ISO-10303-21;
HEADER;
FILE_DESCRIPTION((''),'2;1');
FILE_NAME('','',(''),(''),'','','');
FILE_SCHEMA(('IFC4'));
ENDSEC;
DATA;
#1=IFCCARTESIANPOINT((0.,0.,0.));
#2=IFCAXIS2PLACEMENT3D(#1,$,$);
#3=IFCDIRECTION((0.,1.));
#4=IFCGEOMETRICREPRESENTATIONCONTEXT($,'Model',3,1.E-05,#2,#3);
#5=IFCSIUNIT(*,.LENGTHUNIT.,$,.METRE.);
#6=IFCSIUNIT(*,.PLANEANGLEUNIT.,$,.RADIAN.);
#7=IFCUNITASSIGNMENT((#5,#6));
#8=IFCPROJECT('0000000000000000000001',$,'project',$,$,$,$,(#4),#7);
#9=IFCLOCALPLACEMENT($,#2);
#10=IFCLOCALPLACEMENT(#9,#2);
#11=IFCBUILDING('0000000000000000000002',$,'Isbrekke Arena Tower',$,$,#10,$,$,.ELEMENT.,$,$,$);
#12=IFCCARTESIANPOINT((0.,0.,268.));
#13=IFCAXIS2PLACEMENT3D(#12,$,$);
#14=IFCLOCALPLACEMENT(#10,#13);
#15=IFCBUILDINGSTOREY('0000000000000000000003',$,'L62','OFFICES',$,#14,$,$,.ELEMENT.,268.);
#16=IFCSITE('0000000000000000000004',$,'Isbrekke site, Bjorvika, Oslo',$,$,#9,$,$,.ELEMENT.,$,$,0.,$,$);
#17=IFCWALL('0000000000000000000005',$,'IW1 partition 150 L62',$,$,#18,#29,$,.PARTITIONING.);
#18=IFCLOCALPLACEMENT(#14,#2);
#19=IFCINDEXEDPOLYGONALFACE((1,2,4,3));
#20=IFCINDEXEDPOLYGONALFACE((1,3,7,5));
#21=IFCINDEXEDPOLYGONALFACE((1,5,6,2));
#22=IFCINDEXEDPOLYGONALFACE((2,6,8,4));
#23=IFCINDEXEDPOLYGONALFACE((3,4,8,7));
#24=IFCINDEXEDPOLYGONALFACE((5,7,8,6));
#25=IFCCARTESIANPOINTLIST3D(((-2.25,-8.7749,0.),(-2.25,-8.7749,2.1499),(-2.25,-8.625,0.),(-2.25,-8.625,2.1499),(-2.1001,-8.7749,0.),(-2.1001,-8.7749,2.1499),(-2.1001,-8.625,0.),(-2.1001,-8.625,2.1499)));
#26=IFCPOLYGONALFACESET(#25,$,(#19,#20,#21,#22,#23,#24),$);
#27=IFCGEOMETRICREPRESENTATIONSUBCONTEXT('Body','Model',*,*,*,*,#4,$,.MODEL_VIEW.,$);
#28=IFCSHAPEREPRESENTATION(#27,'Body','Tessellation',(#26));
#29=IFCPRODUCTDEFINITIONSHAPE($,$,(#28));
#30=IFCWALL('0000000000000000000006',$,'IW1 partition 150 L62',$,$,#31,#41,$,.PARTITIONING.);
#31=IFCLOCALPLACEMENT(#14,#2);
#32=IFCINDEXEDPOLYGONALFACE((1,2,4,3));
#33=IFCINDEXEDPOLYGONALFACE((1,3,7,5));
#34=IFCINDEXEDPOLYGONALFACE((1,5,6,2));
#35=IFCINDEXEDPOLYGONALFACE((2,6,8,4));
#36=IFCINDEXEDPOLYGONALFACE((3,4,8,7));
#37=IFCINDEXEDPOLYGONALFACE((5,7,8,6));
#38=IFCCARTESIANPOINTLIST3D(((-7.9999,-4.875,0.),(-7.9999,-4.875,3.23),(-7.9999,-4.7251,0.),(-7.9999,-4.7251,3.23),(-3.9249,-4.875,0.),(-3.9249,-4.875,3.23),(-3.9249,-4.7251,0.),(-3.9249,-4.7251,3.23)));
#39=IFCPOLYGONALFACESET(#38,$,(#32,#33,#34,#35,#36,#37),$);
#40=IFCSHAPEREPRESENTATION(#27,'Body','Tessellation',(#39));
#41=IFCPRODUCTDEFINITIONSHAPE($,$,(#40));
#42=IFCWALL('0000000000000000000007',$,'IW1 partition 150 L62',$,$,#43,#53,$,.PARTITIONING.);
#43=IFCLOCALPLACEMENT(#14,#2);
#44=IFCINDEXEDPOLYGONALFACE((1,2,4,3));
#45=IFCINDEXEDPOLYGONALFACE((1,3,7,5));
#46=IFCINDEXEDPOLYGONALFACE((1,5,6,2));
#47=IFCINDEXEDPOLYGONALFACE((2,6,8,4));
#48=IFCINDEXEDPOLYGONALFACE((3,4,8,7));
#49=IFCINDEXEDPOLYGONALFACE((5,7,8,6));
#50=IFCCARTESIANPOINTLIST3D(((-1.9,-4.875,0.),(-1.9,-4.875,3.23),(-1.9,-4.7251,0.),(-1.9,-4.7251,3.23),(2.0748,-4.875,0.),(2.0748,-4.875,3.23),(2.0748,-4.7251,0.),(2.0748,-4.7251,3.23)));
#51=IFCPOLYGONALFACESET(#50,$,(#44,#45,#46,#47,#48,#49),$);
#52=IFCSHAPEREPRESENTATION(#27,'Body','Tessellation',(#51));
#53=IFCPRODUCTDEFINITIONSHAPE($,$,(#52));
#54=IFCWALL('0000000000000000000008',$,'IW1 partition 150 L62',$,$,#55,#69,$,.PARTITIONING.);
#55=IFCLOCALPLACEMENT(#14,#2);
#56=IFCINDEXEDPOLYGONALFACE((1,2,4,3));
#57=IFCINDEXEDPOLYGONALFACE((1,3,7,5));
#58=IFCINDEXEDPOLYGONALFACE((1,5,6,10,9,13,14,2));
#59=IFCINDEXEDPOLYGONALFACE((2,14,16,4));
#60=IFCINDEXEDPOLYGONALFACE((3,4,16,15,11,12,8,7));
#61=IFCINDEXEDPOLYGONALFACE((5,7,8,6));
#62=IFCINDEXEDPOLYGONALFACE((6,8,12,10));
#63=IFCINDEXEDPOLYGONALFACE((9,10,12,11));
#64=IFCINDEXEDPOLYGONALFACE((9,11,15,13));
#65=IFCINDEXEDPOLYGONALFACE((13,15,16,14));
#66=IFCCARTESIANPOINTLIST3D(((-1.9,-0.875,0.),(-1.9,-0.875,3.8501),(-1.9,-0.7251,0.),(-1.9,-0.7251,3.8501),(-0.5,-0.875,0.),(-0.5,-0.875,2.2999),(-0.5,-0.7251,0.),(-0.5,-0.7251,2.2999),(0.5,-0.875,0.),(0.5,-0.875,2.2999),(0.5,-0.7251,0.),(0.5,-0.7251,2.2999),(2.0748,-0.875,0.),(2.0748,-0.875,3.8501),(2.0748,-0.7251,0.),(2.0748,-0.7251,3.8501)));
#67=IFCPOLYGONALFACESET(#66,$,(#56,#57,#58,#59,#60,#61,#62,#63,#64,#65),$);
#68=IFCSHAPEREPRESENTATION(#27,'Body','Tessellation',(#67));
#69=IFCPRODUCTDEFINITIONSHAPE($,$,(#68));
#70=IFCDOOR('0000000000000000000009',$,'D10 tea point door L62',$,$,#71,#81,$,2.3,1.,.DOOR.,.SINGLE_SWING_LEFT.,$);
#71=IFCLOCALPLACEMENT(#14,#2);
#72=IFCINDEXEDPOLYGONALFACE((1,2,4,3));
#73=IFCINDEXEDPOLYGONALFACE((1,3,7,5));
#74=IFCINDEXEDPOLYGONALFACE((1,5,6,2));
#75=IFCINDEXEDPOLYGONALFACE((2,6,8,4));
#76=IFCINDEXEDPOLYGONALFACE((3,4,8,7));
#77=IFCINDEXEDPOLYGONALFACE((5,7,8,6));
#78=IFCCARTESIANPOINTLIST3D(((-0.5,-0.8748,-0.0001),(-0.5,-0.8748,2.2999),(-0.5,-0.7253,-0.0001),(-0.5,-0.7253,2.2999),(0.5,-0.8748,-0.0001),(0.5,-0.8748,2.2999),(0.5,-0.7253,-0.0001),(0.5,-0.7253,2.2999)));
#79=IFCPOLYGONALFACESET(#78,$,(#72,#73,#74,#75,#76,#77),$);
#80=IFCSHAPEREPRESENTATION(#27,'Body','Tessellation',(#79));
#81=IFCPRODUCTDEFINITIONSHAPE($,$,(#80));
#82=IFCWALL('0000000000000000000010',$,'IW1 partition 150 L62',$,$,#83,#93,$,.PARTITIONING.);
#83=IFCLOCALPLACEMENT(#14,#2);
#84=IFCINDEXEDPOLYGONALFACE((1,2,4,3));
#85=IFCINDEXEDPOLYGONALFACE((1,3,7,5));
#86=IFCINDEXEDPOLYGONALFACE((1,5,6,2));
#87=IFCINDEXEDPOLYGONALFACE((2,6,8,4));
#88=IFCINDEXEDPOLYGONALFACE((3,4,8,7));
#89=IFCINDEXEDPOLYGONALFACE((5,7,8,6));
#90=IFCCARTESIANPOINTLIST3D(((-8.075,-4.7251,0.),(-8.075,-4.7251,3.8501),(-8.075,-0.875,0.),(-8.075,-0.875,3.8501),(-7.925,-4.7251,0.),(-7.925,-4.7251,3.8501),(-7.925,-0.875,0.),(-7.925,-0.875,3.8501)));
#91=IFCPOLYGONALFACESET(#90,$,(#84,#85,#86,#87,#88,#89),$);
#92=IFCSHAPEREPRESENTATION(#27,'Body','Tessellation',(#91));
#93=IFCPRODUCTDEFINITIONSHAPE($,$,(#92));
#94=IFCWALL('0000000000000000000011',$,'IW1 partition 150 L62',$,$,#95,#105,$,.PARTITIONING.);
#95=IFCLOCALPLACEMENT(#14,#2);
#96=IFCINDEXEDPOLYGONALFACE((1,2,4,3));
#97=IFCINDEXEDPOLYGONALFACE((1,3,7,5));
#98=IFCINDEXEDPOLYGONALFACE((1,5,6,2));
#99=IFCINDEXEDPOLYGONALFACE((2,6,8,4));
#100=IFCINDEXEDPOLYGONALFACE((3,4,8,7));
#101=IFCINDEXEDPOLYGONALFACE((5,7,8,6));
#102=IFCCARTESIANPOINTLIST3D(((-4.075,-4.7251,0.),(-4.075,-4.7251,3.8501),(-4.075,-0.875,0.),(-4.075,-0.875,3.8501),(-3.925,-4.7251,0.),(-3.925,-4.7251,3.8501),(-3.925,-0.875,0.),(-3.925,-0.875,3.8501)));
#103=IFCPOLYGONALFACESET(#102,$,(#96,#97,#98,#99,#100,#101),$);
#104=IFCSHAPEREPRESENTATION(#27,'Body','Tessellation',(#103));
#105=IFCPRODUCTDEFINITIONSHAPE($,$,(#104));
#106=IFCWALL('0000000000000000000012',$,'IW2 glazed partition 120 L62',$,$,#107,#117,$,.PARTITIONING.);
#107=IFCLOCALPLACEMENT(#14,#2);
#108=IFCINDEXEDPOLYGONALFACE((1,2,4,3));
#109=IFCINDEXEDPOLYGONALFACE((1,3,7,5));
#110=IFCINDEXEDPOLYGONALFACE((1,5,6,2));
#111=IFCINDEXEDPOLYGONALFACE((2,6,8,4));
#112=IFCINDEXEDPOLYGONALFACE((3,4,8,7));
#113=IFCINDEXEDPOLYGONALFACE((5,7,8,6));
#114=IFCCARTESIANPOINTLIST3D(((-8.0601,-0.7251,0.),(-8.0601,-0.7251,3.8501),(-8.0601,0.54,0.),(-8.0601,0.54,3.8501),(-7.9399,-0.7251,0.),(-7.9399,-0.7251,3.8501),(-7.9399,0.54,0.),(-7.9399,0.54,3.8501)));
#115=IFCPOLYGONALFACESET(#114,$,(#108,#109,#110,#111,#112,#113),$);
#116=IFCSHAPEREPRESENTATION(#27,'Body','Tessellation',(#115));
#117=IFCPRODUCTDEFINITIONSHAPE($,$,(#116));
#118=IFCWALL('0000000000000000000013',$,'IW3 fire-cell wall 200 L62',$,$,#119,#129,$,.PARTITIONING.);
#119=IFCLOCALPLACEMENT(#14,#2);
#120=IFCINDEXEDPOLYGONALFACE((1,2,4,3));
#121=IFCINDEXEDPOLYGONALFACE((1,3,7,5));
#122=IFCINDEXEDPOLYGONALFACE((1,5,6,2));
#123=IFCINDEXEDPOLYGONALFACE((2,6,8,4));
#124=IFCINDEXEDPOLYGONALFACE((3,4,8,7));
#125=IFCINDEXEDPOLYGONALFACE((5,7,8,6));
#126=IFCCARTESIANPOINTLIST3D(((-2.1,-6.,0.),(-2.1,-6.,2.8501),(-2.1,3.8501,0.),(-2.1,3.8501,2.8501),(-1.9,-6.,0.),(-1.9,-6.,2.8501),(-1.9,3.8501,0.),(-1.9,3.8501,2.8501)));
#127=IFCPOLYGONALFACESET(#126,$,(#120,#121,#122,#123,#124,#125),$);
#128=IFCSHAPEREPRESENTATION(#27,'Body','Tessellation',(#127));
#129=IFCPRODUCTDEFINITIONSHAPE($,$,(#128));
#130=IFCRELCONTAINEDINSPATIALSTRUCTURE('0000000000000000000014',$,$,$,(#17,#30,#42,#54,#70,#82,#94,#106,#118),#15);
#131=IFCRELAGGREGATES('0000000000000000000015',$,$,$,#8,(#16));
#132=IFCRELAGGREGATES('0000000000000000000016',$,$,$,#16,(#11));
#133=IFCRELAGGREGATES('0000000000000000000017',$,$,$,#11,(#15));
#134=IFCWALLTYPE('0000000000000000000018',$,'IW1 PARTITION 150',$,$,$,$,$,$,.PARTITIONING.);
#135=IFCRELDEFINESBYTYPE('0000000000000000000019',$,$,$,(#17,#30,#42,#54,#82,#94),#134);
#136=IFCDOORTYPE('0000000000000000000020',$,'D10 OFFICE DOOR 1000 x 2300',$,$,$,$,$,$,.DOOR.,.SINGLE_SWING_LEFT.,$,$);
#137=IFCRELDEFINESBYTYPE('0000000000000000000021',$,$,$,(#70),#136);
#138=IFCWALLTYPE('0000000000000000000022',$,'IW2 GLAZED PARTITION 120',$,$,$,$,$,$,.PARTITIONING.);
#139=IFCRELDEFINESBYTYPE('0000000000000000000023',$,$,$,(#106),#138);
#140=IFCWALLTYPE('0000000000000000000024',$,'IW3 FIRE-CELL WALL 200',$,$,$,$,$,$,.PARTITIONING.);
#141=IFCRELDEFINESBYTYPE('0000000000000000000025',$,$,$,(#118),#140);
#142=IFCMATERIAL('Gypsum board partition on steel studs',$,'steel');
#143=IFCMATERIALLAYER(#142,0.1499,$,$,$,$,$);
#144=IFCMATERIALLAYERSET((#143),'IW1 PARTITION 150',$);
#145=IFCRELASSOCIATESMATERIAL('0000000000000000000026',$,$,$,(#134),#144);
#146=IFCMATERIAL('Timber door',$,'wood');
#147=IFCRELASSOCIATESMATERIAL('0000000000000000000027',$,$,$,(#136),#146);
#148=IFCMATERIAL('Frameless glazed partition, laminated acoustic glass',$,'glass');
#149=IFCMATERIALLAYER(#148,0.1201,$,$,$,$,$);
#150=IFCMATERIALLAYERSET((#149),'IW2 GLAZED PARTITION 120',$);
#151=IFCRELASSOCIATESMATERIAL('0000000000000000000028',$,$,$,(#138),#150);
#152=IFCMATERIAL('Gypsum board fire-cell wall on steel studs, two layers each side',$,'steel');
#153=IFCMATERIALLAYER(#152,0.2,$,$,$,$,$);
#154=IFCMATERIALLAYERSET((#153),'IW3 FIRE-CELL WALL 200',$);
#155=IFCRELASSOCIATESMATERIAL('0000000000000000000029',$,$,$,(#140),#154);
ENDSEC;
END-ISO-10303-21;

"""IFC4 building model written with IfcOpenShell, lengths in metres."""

from ifc_helpers import new_model, si_unit, direction, frame, frame_2d, origin, place, context, subcontext, project, spatial, rectangle, extrude, material, layer, layer_set, type_object, element, fill, save


model = new_model("IFC4")

# Units and contexts
model_context = context("Model", 3, precision=1e-05, world=origin(), true_north=direction((0.0, 1.0)))
body_context = subcontext(model_context, "Body", "Model", "MODEL_VIEW")
ifc_project = project(units=[si_unit("LENGTHUNIT", "METRE"), si_unit("PLANEANGLEUNIT", "RADIAN")], contexts=[model_context])

# Site, building, storey
site_placement = place(None, origin())
site = spatial("IfcSite", under=ifc_project, at=site_placement, Name="Isbrekke site, Bjorvika, Oslo", CompositionType="ELEMENT", RefElevation=0.0)
building_placement = place(site_placement, origin())
building = spatial("IfcBuilding", under=site, at=building_placement, Name="Isbrekke Arena Tower", CompositionType="ELEMENT")
storey_placement = place(building_placement, frame((0.0, 0.0, 268.0)))
storey = spatial("IfcBuildingStorey", under=building, at=storey_placement, Name="L62", Description="OFFICES", CompositionType="ELEMENT", Elevation=268.0)

# Shared definitions
ifc_material_1 = material(Name="Gypsum board partition on steel studs", Category="steel")
ifc_layer_1 = layer(ifc_material_1, 0.1499)
ifc_layer_set_1 = layer_set([ifc_layer_1], Name="IW1 PARTITION 150")
wall_type_1 = type_object("IfcWallType", Name="IW1 PARTITION 150", PredefinedType="PARTITIONING", material=ifc_layer_set_1)

# Shared definitions
ifc_material_2 = material(Name="Timber door", Category="wood")
door_type = type_object("IfcDoorType", Name="D10 OFFICE DOOR 1000 x 2300", OperationType="SINGLE_SWING_LEFT", PredefinedType="DOOR", material=ifc_material_2)

# Walls
wall_1_placement = place(storey_placement, frame((-2.25, -8.7, 0.0), z_axis=(0.0, 0.0, 1.0), x_axis=(1.0, 0.0, 0.0)))
element("IfcWall", 1, at=wall_1_placement, inside=storey, type_object=wall_type_1, Name="IW1 partition 150 L62", PredefinedType="PARTITIONING", context=body_context, shape_type="SweptSolid", body=[
    extrude(rectangle(XDim=0.1499, YDim=0.1499, at=frame_2d((0.075, 0.0))), origin(), (0.0, 0.0, 1.0), 2.1499),
])
wall_2_placement = place(storey_placement, frame((-8.0, -4.8, 0.0), z_axis=(0.0, 0.0, 1.0), x_axis=(1.0, 0.0, 0.0)))
element("IfcWall", 2, at=wall_2_placement, inside=storey, type_object=wall_type_1, Name="IW1 partition 150 L62", PredefinedType="PARTITIONING", context=body_context, shape_type="SweptSolid", body=[
    extrude(rectangle(XDim=4.075, YDim=0.1499, at=frame_2d((2.0376, 0.0))), origin(), (0.0, 0.0, 1.0), 3.23),
])
wall_3_placement = place(storey_placement, frame((-1.8999, -4.8, 0.0), z_axis=(0.0, 0.0, 1.0), x_axis=(1.0, 0.0, 0.0)))
element("IfcWall", 3, at=wall_3_placement, inside=storey, type_object=wall_type_1, Name="IW1 partition 150 L62", PredefinedType="PARTITIONING", context=body_context, shape_type="SweptSolid", body=[
    extrude(rectangle(XDim=3.9749, YDim=0.1499, at=frame_2d((1.9873, 0.0))), origin(), (0.0, 0.0, 1.0), 3.23),
])

# Wall, opening, door
wall_4_placement = place(storey_placement, frame((-1.8999, -0.8, 0.0), z_axis=(0.0, 0.0, 1.0), x_axis=(1.0, 0.0, 0.0)))
wall_4 = element("IfcWall", 4, at=wall_4_placement, inside=storey, type_object=wall_type_1, Name="IW1 partition 150 L62", PredefinedType="PARTITIONING", context=body_context, shape_type="SweptSolid", body=[
    extrude(rectangle(XDim=3.9749, YDim=0.1499, at=frame_2d((1.9873, 0.0))), origin(), (0.0, 0.0, 1.0), 3.8501),
])
opening_1_placement = place(wall_4_placement, frame((1.3999, 0.0, 0.0)))
opening_1 = element("IfcOpeningElement", 5, at=opening_1_placement, cuts=wall_4, PredefinedType="OPENING", context=body_context, shape_type="SweptSolid", body=[
    extrude(rectangle(XDim=1.0, YDim=2.3, at=frame_2d((0.5, 1.1499))), frame((0.0, 0.0898, 0.0), z_axis=(0.0, -1.0, 0.0), x_axis=(1.0, 0.0, 0.0)), (0.0, 0.0, 1.0), 0.1797),
])
door_1_placement = place(opening_1_placement, origin())
door_1 = element("IfcDoor", 6, at=door_1_placement, inside=storey, type_object=door_type, Name="D10 tea point door L62", OperationType="SINGLE_SWING_LEFT", OverallHeight=2.3, OverallWidth=1.0, PredefinedType="DOOR", context=body_context, shape_type="SweptSolid", body=[
    extrude(rectangle(XDim=1.0, YDim=2.3, at=frame_2d((0.5, 1.1499))), frame((0.0, 0.0747, 0.0), z_axis=(0.0, -1.0, 0.0), x_axis=(1.0, 0.0, 0.0)), (0.0, 0.0, 1.0), 0.1494),
])
fill(opening_1, door_1)

# Walls
for number, where, z_axis, x_axis, name in (
    (7, (-8.0, -4.7251, 0.0), (0.0, 0.0, 1.0), (0.0, 1.0, 0.0), "IW1 partition 150 L62"),
    (8, (-4.0, -4.7251, 0.0), (0.0, 0.0, 1.0), (0.0, 1.0, 0.0), "IW1 partition 150 L62"),
):
    element("IfcWall", number, at=place(storey_placement, frame(where, z_axis=z_axis, x_axis=x_axis)), inside=storey, type_object=wall_type_1, Name=name, PredefinedType="PARTITIONING", context=body_context, shape_type="SweptSolid", body=[
        extrude(rectangle(XDim=3.8501, YDim=0.1499, at=frame_2d((1.925, 0.0))), origin(), (0.0, 0.0, 1.0), 3.8501),
    ])
ifc_material_3 = material(Name="Frameless glazed partition, laminated acoustic glass", Category="glass")
ifc_layer_2 = layer(ifc_material_3, 0.1201)
ifc_layer_set_2 = layer_set([ifc_layer_2], Name="IW2 GLAZED PARTITION 120")
wall_type_2 = type_object("IfcWallType", Name="IW2 GLAZED PARTITION 120", PredefinedType="PARTITIONING", material=ifc_layer_set_2)
wall_5_placement = place(storey_placement, frame((-8.0, -0.7251, 0.0), z_axis=(0.0, 0.0, 1.0), x_axis=(0.0, 1.0, 0.0)))
element("IfcWall", 9, at=wall_5_placement, inside=storey, type_object=wall_type_2, Name="IW2 glazed partition 120 L62", PredefinedType="PARTITIONING", context=body_context, shape_type="SweptSolid", body=[
    extrude(rectangle(XDim=1.2651, YDim=0.1201, at=frame_2d((0.6326, 0.0))), origin(), (0.0, 0.0, 1.0), 3.8501),
])
ifc_material_4 = material(Name="Gypsum board fire-cell wall on steel studs, two layers each side", Category="steel")
ifc_layer_3 = layer(ifc_material_4, 0.2)
ifc_layer_set_3 = layer_set([ifc_layer_3], Name="IW3 FIRE-CELL WALL 200")
wall_type_3 = type_object("IfcWallType", Name="IW3 FIRE-CELL WALL 200", PredefinedType="PARTITIONING", material=ifc_layer_set_3)
wall_6_placement = place(storey_placement, frame((-2.0, -6.0, 0.0), z_axis=(0.0, 0.0, 1.0), x_axis=(0.0, 1.0, 0.0)))
element("IfcWall", 10, at=wall_6_placement, inside=storey, type_object=wall_type_3, Name="IW3 fire-cell wall 200 L62", PredefinedType="PARTITIONING", context=body_context, shape_type="SweptSolid", body=[
    extrude(rectangle(XDim=9.8501, YDim=0.2, at=frame_2d((4.925, 0.0))), origin(), (0.0, 0.0, 1.0), 2.8501),
])

save(model, "model.ifc")
